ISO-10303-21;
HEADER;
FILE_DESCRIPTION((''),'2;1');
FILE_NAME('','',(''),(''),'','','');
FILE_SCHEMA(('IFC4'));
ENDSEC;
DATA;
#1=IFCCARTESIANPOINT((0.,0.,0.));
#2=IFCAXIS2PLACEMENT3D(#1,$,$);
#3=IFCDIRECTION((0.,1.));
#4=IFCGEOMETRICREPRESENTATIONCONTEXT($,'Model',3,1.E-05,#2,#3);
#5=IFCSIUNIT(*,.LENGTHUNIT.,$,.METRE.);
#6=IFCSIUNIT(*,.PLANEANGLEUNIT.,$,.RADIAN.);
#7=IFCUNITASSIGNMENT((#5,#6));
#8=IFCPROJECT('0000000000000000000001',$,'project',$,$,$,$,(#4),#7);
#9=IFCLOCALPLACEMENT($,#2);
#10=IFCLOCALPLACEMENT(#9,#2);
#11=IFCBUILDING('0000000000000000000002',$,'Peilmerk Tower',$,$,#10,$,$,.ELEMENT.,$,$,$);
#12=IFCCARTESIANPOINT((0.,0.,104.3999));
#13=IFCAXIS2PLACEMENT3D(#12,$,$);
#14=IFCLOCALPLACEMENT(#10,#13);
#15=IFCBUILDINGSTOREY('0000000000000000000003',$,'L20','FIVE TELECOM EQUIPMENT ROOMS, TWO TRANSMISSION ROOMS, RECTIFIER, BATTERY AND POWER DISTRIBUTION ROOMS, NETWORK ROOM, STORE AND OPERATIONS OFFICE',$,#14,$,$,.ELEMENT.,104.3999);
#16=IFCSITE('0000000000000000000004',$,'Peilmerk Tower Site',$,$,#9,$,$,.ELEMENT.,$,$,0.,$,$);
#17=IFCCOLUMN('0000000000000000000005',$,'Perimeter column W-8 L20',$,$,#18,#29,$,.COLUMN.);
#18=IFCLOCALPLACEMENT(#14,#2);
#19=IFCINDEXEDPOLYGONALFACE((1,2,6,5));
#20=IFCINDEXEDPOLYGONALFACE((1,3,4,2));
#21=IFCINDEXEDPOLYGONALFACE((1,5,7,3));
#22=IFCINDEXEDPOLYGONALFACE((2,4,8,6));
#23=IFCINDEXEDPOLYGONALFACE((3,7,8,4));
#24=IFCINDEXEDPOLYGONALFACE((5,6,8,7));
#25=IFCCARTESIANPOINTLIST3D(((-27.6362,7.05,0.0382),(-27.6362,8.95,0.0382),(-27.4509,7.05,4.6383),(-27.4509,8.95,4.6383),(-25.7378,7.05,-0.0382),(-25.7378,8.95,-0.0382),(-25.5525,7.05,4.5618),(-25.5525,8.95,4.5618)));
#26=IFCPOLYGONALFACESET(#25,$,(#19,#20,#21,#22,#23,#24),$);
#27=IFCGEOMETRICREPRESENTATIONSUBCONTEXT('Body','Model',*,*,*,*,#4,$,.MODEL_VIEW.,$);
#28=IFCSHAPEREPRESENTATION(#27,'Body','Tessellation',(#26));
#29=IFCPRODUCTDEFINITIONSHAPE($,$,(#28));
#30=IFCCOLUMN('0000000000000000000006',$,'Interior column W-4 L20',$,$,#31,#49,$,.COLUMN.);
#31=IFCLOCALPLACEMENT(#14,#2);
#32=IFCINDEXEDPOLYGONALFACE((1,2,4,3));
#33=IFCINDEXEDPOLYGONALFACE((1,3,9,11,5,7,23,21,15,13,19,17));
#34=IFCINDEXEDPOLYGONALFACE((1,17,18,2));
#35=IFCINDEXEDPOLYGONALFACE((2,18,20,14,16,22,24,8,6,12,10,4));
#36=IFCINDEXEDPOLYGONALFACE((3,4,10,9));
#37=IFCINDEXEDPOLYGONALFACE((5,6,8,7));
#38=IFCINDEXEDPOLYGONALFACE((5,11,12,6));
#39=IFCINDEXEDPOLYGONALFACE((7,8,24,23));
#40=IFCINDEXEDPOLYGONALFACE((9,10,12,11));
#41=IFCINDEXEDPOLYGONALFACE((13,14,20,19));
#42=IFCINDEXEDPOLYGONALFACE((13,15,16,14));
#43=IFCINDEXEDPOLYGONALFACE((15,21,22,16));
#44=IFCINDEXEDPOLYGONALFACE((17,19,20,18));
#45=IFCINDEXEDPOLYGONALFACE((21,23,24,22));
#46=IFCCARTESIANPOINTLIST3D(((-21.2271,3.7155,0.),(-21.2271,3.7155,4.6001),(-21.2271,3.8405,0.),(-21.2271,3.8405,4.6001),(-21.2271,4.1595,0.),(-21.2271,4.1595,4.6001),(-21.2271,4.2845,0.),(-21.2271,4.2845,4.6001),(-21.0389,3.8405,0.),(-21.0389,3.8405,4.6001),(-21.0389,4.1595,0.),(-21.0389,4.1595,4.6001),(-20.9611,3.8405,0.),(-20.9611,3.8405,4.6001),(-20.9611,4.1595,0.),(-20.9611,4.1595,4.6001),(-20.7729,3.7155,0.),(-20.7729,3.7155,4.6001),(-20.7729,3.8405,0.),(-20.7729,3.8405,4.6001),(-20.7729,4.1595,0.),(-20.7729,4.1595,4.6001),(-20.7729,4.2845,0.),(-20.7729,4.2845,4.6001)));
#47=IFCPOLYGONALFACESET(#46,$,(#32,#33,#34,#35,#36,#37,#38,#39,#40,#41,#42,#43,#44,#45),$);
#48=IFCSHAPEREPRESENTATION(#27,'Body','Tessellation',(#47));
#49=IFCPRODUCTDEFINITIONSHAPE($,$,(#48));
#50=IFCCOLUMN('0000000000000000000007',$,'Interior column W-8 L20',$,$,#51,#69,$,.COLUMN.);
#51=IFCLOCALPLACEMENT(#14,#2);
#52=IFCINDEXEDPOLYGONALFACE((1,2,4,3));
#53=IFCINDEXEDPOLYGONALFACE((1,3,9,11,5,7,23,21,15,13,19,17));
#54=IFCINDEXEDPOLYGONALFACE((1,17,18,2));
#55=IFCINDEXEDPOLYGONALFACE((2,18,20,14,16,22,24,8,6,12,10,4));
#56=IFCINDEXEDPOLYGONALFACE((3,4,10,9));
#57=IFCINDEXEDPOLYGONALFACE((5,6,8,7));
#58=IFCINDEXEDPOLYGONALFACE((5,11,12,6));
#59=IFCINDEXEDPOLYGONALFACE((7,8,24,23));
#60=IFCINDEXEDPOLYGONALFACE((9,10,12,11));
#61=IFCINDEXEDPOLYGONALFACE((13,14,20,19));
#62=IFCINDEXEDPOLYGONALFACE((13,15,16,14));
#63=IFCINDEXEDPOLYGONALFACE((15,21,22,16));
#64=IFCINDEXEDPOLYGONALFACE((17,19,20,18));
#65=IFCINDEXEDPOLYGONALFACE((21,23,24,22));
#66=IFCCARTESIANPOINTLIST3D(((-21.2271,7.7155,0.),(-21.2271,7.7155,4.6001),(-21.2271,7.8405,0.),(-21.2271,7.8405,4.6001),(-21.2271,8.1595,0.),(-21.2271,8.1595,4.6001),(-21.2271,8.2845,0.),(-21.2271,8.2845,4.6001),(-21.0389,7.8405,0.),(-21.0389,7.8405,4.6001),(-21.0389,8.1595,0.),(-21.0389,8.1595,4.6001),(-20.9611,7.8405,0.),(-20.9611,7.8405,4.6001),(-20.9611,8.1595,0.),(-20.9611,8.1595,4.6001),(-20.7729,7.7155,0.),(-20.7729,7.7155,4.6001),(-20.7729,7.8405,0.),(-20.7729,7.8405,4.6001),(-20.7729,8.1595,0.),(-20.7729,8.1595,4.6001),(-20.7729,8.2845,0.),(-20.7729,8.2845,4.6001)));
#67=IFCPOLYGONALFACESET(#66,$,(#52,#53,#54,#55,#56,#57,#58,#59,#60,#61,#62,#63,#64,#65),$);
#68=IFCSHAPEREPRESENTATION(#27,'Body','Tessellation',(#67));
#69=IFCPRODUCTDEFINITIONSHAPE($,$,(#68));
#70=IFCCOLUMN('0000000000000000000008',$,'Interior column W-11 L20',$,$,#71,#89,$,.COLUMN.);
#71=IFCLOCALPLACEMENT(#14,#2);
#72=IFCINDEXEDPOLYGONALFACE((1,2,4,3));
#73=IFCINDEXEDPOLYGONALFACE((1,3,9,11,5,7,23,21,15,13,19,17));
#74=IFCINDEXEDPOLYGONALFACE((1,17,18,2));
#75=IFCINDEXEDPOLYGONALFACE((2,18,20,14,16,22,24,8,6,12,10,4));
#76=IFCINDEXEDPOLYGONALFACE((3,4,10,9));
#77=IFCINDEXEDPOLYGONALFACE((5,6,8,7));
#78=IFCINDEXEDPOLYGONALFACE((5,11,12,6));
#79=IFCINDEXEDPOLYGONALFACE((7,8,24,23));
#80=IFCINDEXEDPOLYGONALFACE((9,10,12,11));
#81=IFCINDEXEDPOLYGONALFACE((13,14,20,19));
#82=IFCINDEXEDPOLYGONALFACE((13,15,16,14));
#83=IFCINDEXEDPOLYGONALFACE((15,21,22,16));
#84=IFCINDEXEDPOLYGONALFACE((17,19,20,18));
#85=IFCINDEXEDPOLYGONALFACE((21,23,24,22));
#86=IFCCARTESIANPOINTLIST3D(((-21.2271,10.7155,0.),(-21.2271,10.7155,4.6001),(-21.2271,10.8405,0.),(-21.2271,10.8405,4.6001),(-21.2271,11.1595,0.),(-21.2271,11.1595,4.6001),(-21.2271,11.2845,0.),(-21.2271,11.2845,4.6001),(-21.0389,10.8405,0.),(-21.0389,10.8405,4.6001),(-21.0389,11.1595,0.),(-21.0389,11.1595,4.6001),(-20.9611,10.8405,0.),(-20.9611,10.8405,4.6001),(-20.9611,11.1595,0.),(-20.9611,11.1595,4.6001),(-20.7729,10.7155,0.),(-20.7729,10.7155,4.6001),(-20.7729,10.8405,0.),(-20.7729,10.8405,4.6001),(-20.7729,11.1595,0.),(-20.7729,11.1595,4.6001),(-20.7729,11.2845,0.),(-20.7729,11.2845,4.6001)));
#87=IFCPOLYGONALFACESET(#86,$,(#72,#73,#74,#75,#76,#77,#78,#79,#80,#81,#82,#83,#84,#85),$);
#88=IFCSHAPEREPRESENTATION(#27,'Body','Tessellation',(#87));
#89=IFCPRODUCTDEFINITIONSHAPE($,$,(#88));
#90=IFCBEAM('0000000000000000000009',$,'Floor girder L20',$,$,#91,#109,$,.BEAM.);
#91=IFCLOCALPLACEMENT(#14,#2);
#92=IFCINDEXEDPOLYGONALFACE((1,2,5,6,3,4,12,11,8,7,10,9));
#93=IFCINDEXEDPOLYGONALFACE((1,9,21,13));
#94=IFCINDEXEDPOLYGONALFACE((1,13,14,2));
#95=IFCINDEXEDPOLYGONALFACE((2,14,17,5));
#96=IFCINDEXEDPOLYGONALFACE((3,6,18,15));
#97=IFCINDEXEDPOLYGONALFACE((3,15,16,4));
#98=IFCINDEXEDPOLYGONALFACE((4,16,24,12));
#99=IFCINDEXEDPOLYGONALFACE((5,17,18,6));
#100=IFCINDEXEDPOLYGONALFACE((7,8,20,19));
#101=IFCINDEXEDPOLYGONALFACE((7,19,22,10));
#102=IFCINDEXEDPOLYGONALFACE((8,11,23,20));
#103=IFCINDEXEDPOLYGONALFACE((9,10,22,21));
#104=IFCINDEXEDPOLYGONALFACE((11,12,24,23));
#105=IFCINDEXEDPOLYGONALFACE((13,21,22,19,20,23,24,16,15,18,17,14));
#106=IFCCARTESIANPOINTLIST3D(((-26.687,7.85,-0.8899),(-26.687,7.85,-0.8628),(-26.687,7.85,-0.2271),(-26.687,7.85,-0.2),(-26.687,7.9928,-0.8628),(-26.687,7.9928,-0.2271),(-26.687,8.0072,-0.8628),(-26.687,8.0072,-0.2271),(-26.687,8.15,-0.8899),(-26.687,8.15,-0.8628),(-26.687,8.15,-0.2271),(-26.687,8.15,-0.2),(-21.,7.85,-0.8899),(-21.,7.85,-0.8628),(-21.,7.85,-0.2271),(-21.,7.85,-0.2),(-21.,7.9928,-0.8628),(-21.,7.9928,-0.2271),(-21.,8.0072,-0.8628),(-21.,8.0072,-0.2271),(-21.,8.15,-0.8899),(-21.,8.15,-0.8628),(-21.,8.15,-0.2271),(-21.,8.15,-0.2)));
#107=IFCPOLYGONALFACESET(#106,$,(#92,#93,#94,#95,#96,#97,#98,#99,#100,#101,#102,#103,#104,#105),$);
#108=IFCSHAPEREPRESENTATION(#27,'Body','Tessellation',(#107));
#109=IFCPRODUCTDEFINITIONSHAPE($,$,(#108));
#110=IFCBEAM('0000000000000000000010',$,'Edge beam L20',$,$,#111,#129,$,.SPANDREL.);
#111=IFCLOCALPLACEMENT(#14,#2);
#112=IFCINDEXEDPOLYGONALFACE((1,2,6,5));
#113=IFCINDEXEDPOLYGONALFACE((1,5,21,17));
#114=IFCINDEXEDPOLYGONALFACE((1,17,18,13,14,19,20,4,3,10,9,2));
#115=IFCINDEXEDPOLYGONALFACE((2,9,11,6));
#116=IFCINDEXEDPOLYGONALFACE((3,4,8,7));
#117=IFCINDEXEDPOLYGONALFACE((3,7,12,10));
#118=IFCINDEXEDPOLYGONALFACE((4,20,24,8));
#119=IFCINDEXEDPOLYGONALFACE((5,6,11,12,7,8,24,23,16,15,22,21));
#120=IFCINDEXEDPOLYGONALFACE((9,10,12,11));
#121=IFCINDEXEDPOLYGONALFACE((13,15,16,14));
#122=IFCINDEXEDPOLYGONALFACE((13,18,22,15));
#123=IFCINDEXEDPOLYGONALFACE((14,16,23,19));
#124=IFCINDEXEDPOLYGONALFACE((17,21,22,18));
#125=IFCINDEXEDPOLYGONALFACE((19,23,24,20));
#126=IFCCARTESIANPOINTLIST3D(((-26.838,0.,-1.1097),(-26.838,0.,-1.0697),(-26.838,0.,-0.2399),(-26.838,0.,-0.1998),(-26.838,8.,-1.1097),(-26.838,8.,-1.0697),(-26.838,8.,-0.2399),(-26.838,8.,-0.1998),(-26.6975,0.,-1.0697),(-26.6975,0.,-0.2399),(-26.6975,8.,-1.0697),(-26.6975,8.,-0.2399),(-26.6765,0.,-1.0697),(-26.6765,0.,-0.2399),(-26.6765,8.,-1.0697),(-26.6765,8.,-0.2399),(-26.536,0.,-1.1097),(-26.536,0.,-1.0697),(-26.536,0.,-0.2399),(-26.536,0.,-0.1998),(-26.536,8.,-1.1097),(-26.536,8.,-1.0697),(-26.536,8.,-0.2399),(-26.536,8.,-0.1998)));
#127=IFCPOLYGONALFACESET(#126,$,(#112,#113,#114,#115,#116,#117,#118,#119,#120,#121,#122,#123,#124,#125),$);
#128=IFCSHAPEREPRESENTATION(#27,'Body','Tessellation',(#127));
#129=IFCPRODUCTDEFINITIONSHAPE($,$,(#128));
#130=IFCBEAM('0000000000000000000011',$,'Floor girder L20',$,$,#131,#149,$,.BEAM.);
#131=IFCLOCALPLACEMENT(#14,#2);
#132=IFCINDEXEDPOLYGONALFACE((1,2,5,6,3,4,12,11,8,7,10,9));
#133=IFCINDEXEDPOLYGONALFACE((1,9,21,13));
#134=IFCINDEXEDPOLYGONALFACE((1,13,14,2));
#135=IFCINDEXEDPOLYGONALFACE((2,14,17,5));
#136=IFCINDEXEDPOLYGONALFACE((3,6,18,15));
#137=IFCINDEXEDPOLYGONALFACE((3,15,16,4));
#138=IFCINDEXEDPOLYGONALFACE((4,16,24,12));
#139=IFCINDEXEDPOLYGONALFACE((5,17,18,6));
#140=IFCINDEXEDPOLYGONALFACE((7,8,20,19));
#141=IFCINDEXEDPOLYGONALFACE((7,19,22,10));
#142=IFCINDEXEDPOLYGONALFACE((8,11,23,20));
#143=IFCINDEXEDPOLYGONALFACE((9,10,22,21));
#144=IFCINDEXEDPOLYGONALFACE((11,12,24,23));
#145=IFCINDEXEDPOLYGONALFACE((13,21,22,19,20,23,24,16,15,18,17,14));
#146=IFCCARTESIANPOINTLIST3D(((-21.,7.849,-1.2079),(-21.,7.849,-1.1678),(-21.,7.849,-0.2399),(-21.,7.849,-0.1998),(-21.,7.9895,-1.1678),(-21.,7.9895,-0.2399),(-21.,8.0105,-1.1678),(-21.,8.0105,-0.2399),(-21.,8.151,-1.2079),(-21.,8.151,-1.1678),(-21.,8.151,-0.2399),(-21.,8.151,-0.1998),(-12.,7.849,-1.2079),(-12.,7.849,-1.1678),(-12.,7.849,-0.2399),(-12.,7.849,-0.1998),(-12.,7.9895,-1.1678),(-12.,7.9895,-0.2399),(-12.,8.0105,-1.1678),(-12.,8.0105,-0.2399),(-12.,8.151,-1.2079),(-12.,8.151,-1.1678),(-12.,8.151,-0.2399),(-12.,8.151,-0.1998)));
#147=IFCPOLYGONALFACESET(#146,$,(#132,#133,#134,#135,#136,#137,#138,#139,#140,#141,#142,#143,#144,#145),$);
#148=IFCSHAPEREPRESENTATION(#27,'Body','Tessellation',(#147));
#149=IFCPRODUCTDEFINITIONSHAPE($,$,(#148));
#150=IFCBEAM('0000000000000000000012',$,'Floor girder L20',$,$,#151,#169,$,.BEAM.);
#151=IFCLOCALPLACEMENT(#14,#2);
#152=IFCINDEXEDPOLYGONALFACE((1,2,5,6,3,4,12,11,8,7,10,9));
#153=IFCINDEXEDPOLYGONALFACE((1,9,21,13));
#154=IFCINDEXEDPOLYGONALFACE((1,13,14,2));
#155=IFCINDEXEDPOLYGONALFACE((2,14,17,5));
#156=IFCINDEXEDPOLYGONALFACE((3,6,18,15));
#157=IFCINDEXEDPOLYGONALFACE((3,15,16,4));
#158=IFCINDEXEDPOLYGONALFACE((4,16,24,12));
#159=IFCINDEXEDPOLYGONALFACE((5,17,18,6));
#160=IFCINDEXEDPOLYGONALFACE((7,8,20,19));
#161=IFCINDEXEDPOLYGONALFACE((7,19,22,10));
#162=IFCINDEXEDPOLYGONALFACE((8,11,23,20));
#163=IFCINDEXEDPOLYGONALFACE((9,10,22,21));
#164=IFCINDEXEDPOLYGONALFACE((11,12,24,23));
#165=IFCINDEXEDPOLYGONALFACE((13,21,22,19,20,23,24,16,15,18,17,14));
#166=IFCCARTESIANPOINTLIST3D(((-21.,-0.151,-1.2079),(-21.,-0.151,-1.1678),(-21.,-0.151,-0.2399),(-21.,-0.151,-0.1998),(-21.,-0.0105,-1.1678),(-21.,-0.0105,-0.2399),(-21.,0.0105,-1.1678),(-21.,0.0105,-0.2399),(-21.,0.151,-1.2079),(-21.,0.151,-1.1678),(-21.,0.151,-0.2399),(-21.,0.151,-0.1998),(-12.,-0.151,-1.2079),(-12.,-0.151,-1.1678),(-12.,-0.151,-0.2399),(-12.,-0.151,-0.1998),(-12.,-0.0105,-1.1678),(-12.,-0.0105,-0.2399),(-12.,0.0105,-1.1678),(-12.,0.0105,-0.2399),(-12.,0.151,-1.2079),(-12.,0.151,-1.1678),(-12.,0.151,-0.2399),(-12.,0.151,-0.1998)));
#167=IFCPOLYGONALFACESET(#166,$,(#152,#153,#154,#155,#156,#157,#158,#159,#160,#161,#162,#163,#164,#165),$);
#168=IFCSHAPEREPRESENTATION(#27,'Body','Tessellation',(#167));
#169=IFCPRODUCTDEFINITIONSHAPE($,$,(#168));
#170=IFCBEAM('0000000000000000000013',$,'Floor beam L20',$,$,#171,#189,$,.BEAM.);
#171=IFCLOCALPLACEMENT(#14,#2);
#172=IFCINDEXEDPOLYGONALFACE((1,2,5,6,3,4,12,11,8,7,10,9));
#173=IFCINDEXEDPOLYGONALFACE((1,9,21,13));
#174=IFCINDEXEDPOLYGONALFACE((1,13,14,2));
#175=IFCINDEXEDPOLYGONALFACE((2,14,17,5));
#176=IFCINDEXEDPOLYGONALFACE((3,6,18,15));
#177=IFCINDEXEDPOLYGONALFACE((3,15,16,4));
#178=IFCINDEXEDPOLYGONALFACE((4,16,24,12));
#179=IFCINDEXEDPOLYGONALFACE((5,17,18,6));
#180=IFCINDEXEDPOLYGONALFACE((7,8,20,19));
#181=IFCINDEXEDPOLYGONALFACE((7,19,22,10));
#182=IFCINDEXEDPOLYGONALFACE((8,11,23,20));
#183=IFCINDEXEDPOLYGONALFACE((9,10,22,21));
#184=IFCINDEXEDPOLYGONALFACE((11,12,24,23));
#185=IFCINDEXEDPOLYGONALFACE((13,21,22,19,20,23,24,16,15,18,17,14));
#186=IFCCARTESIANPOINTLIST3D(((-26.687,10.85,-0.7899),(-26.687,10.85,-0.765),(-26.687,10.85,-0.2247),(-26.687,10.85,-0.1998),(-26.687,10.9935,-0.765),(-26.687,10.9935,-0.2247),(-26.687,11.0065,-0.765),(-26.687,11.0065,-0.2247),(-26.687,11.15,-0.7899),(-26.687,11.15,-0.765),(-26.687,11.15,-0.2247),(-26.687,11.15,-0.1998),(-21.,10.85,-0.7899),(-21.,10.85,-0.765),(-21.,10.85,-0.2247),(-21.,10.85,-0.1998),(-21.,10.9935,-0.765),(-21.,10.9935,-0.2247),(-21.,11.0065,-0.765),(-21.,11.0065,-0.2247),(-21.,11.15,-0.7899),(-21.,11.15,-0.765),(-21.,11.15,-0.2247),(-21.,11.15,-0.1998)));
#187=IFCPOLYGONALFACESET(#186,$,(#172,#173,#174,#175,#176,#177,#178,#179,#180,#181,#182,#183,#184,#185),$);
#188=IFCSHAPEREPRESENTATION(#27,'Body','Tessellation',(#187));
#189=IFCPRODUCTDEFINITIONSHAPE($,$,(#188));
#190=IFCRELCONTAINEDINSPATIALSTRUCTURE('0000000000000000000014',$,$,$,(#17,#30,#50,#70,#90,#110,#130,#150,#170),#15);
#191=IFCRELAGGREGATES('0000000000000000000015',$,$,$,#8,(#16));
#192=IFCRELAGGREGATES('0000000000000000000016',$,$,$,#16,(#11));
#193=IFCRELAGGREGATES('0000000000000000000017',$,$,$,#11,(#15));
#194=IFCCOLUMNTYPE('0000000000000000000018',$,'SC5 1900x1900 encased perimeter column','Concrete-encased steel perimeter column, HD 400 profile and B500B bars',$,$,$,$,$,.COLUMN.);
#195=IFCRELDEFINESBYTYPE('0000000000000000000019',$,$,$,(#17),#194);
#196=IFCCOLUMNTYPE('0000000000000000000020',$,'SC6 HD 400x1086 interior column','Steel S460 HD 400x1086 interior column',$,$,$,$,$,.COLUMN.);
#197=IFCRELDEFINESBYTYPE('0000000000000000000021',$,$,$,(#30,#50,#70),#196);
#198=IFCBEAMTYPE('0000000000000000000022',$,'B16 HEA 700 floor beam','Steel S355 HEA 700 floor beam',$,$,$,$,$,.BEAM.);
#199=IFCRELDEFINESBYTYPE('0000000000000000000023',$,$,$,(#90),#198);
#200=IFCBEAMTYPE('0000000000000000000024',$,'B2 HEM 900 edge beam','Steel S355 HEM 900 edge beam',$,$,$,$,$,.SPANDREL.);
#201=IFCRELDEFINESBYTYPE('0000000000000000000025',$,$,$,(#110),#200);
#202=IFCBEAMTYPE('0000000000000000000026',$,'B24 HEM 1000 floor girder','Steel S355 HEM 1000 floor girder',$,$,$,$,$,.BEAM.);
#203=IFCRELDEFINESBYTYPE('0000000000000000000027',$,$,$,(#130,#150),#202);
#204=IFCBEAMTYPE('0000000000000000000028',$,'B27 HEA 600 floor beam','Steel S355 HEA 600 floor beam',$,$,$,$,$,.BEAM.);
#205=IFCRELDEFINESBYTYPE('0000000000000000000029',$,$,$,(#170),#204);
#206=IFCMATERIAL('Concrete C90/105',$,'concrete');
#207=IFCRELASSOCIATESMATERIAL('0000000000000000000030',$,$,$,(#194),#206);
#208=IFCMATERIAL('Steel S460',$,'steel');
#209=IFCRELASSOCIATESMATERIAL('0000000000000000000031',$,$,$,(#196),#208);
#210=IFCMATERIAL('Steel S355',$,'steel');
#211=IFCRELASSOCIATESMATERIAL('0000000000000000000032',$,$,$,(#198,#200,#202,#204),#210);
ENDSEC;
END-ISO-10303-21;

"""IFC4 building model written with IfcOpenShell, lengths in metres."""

from ifc_helpers import new_model, si_unit, direction, frame, origin, origin_2d, place, context, subcontext, project, spatial, rectangle, i_section, extrude, material, material_profile, profile_set, type_object, element, save


model = new_model("IFC4")

# Units and contexts
model_context = context("Model", 3, precision=1e-05, world=origin(), true_north=direction((0.0, 1.0)))
body_context = subcontext(model_context, "Body", "Model", "MODEL_VIEW")
ifc_project = project(units=[si_unit("LENGTHUNIT", "METRE"), si_unit("PLANEANGLEUNIT", "RADIAN")], contexts=[model_context])

# Site, building, storey
site_placement = place(None, origin())
site = spatial("IfcSite", under=ifc_project, at=site_placement, Name="Peilmerk Tower Site", CompositionType="ELEMENT", RefElevation=0.0)
building_placement = place(site_placement, origin())
building = spatial("IfcBuilding", under=site, at=building_placement, Name="Peilmerk Tower", CompositionType="ELEMENT")
storey_placement = place(building_placement, frame((0.0, 0.0, 104.3999)))
storey = spatial("IfcBuildingStorey", under=building, at=storey_placement, Name="L20", Description="FIVE TELECOM EQUIPMENT ROOMS, TWO TRANSMISSION ROOMS, RECTIFIER, BATTERY AND POWER DISTRIBUTION ROOMS, NETWORK ROOM, STORE AND OPERATIONS OFFICE", CompositionType="ELEMENT", Elevation=104.3999)

# Columns
ifc_material_1 = material(Name="Concrete C90/105", Category="concrete")
ifc_material_profile_1 = material_profile(ifc_material_1, rectangle(XDim=1.8999, YDim=1.8999, at=origin_2d()), Name="RC 1900x1900")
ifc_profile_set_1 = profile_set([ifc_material_profile_1], Name="Concrete C90/105")
column_type_1 = type_object("IfcColumnType", Name="SC5 1900x1900 encased perimeter column", Description="Concrete-encased steel perimeter column, HD 400 profile and B500B bars", PredefinedType="COLUMN", material=ifc_profile_set_1)
column_placement = place(storey_placement, frame((-26.687, 8.0, 0.0), z_axis=(0.04025, 0.0, 0.99919), x_axis=(0.0, 1.0, 0.0)))
element("IfcColumn", 1, at=column_placement, inside=storey, type_object=column_type_1, Name="Perimeter column W-8 L20", PredefinedType="COLUMN", context=body_context, shape_type="SweptSolid", body=[
    extrude(rectangle(XDim=1.8999, YDim=1.8999, at=origin_2d()), origin(), (0.0, 0.0, 1.0), 4.6038),
])
ifc_material_2 = material(Name="Steel S460", Category="steel")
ifc_material_profile_2 = material_profile(ifc_material_2, i_section(OverallWidth=0.4541, OverallDepth=0.5691, WebThickness=0.0779, FlangeThickness=0.125, at=origin_2d()), Name="HD 400x1086")
ifc_profile_set_2 = profile_set([ifc_material_profile_2], Name="Steel S460")
column_type_2 = type_object("IfcColumnType", Name="SC6 HD 400x1086 interior column", Description="Steel S460 HD 400x1086 interior column", PredefinedType="COLUMN", material=ifc_profile_set_2)
for number, where, z_axis, x_axis, name in (
    (2, (-21.0, 4.0, 0.0), (0.0, 0.0, 1.0), (1.0, 0.0, 0.0), "Interior column W-4 L20"),
    (3, (-21.0, 8.0, 0.0), (0.0, 0.0, 1.0), (1.0, 0.0, 0.0), "Interior column W-8 L20"),
    (4, (-21.0, 11.0, 0.0), (0.0, 0.0, 1.0), (1.0, 0.0, 0.0), "Interior column W-11 L20"),
):
    element("IfcColumn", number, at=place(storey_placement, frame(where, z_axis=z_axis, x_axis=x_axis)), inside=storey, type_object=column_type_2, Name=name, PredefinedType="COLUMN", context=body_context, shape_type="SweptSolid", body=[
        extrude(i_section(OverallWidth=0.4541, OverallDepth=0.5691, WebThickness=0.0779, FlangeThickness=0.125, at=origin_2d()), origin(), (0.0, 0.0, 1.0), 4.6001),
    ])

# Beams
ifc_material_3 = material(Name="Steel S355", Category="steel")
ifc_material_profile_3 = material_profile(ifc_material_3, i_section(OverallWidth=0.3, OverallDepth=0.6899, WebThickness=0.0144, FlangeThickness=0.0271, at=origin_2d()), Name="HEA 700")
ifc_profile_set_3 = profile_set([ifc_material_profile_3], Name="Steel S355")
beam_type_1 = type_object("IfcBeamType", Name="B16 HEA 700 floor beam", Description="Steel S355 HEA 700 floor beam", PredefinedType="BEAM", material=ifc_profile_set_3)
beam_1_placement = place(storey_placement, frame((-21.0, 8.0, -0.5449), z_axis=(-1.0, 0.0, 0.0), x_axis=(0.0, -1.0, 0.0)))
element("IfcBeam", 5, at=beam_1_placement, inside=storey, type_object=beam_type_1, Name="Floor girder L20", PredefinedType="BEAM", context=body_context, shape_type="SweptSolid", body=[
    extrude(i_section(OverallWidth=0.3, OverallDepth=0.6899, WebThickness=0.0144, FlangeThickness=0.0271, at=origin_2d()), origin(), (0.0, 0.0, 1.0), 5.687),
])
ifc_material_profile_4 = material_profile(ifc_material_3, i_section(OverallWidth=0.302, OverallDepth=0.9099, WebThickness=0.021, FlangeThickness=0.04, at=origin_2d()), Name="HEM 900")
ifc_profile_set_4 = profile_set([ifc_material_profile_4], Name="Steel S355")
beam_type_2 = type_object("IfcBeamType", Name="B2 HEM 900 edge beam", Description="Steel S355 HEM 900 edge beam", PredefinedType="SPANDREL", material=ifc_profile_set_4)
beam_2_placement = place(storey_placement, frame((-26.687, 8.0, -0.6548), z_axis=(0.0, -1.0, 0.0), x_axis=(1.0, 0.0, 0.0)))
element("IfcBeam", 6, at=beam_2_placement, inside=storey, type_object=beam_type_2, Name="Edge beam L20", PredefinedType="SPANDREL", context=body_context, shape_type="SweptSolid", body=[
    extrude(i_section(OverallWidth=0.302, OverallDepth=0.9099, WebThickness=0.021, FlangeThickness=0.04, at=origin_2d()), origin(), (0.0, 0.0, 1.0), 8.0),
])
ifc_material_profile_5 = material_profile(ifc_material_3, i_section(OverallWidth=0.302, OverallDepth=1.0081, WebThickness=0.021, FlangeThickness=0.04, at=origin_2d()), Name="HEM 1000")
ifc_profile_set_5 = profile_set([ifc_material_profile_5], Name="Steel S355")
beam_type_3 = type_object("IfcBeamType", Name="B24 HEM 1000 floor girder", Description="Steel S355 HEM 1000 floor girder", PredefinedType="BEAM", material=ifc_profile_set_5)
for number, where, z_axis, x_axis, name in (
    (7, (-12.0, 8.0, -0.7039), (-1.0, 0.0, 0.0), (0.0, -1.0, 0.0), "Floor girder L20"),
    (8, (-12.0, 0.0, -0.7039), (-1.0, 0.0, 0.0), (0.0, -1.0, 0.0), "Floor girder L20"),
):
    element("IfcBeam", number, at=place(storey_placement, frame(where, z_axis=z_axis, x_axis=x_axis)), inside=storey, type_object=beam_type_3, Name=name, PredefinedType="BEAM", context=body_context, shape_type="SweptSolid", body=[
        extrude(i_section(OverallWidth=0.302, OverallDepth=1.0081, WebThickness=0.021, FlangeThickness=0.04, at=origin_2d()), origin(), (0.0, 0.0, 1.0), 9.0),
    ])
ifc_material_profile_6 = material_profile(ifc_material_3, i_section(OverallWidth=0.3, OverallDepth=0.5901, WebThickness=0.0129, FlangeThickness=0.0249, at=origin_2d()), Name="HEA 600")
ifc_profile_set_6 = profile_set([ifc_material_profile_6], Name="Steel S355")
beam_type_4 = type_object("IfcBeamType", Name="B27 HEA 600 floor beam", Description="Steel S355 HEA 600 floor beam", PredefinedType="BEAM", material=ifc_profile_set_6)
for number, where, z_axis, x_axis, name in (
    (9, (-21.0, 11.0, -0.4949), (-1.0, 0.0, 0.0), (0.0, -1.0, 0.0), "Floor beam L20"),
):
    element("IfcBeam", number, at=place(storey_placement, frame(where, z_axis=z_axis, x_axis=x_axis)), inside=storey, type_object=beam_type_4, Name=name, PredefinedType="BEAM", context=body_context, shape_type="SweptSolid", body=[
        extrude(i_section(OverallWidth=0.3, OverallDepth=0.5901, WebThickness=0.0129, FlangeThickness=0.0249, at=origin_2d()), origin(), (0.0, 0.0, 1.0), 5.687),
    ])

save(model, "model.ifc")
